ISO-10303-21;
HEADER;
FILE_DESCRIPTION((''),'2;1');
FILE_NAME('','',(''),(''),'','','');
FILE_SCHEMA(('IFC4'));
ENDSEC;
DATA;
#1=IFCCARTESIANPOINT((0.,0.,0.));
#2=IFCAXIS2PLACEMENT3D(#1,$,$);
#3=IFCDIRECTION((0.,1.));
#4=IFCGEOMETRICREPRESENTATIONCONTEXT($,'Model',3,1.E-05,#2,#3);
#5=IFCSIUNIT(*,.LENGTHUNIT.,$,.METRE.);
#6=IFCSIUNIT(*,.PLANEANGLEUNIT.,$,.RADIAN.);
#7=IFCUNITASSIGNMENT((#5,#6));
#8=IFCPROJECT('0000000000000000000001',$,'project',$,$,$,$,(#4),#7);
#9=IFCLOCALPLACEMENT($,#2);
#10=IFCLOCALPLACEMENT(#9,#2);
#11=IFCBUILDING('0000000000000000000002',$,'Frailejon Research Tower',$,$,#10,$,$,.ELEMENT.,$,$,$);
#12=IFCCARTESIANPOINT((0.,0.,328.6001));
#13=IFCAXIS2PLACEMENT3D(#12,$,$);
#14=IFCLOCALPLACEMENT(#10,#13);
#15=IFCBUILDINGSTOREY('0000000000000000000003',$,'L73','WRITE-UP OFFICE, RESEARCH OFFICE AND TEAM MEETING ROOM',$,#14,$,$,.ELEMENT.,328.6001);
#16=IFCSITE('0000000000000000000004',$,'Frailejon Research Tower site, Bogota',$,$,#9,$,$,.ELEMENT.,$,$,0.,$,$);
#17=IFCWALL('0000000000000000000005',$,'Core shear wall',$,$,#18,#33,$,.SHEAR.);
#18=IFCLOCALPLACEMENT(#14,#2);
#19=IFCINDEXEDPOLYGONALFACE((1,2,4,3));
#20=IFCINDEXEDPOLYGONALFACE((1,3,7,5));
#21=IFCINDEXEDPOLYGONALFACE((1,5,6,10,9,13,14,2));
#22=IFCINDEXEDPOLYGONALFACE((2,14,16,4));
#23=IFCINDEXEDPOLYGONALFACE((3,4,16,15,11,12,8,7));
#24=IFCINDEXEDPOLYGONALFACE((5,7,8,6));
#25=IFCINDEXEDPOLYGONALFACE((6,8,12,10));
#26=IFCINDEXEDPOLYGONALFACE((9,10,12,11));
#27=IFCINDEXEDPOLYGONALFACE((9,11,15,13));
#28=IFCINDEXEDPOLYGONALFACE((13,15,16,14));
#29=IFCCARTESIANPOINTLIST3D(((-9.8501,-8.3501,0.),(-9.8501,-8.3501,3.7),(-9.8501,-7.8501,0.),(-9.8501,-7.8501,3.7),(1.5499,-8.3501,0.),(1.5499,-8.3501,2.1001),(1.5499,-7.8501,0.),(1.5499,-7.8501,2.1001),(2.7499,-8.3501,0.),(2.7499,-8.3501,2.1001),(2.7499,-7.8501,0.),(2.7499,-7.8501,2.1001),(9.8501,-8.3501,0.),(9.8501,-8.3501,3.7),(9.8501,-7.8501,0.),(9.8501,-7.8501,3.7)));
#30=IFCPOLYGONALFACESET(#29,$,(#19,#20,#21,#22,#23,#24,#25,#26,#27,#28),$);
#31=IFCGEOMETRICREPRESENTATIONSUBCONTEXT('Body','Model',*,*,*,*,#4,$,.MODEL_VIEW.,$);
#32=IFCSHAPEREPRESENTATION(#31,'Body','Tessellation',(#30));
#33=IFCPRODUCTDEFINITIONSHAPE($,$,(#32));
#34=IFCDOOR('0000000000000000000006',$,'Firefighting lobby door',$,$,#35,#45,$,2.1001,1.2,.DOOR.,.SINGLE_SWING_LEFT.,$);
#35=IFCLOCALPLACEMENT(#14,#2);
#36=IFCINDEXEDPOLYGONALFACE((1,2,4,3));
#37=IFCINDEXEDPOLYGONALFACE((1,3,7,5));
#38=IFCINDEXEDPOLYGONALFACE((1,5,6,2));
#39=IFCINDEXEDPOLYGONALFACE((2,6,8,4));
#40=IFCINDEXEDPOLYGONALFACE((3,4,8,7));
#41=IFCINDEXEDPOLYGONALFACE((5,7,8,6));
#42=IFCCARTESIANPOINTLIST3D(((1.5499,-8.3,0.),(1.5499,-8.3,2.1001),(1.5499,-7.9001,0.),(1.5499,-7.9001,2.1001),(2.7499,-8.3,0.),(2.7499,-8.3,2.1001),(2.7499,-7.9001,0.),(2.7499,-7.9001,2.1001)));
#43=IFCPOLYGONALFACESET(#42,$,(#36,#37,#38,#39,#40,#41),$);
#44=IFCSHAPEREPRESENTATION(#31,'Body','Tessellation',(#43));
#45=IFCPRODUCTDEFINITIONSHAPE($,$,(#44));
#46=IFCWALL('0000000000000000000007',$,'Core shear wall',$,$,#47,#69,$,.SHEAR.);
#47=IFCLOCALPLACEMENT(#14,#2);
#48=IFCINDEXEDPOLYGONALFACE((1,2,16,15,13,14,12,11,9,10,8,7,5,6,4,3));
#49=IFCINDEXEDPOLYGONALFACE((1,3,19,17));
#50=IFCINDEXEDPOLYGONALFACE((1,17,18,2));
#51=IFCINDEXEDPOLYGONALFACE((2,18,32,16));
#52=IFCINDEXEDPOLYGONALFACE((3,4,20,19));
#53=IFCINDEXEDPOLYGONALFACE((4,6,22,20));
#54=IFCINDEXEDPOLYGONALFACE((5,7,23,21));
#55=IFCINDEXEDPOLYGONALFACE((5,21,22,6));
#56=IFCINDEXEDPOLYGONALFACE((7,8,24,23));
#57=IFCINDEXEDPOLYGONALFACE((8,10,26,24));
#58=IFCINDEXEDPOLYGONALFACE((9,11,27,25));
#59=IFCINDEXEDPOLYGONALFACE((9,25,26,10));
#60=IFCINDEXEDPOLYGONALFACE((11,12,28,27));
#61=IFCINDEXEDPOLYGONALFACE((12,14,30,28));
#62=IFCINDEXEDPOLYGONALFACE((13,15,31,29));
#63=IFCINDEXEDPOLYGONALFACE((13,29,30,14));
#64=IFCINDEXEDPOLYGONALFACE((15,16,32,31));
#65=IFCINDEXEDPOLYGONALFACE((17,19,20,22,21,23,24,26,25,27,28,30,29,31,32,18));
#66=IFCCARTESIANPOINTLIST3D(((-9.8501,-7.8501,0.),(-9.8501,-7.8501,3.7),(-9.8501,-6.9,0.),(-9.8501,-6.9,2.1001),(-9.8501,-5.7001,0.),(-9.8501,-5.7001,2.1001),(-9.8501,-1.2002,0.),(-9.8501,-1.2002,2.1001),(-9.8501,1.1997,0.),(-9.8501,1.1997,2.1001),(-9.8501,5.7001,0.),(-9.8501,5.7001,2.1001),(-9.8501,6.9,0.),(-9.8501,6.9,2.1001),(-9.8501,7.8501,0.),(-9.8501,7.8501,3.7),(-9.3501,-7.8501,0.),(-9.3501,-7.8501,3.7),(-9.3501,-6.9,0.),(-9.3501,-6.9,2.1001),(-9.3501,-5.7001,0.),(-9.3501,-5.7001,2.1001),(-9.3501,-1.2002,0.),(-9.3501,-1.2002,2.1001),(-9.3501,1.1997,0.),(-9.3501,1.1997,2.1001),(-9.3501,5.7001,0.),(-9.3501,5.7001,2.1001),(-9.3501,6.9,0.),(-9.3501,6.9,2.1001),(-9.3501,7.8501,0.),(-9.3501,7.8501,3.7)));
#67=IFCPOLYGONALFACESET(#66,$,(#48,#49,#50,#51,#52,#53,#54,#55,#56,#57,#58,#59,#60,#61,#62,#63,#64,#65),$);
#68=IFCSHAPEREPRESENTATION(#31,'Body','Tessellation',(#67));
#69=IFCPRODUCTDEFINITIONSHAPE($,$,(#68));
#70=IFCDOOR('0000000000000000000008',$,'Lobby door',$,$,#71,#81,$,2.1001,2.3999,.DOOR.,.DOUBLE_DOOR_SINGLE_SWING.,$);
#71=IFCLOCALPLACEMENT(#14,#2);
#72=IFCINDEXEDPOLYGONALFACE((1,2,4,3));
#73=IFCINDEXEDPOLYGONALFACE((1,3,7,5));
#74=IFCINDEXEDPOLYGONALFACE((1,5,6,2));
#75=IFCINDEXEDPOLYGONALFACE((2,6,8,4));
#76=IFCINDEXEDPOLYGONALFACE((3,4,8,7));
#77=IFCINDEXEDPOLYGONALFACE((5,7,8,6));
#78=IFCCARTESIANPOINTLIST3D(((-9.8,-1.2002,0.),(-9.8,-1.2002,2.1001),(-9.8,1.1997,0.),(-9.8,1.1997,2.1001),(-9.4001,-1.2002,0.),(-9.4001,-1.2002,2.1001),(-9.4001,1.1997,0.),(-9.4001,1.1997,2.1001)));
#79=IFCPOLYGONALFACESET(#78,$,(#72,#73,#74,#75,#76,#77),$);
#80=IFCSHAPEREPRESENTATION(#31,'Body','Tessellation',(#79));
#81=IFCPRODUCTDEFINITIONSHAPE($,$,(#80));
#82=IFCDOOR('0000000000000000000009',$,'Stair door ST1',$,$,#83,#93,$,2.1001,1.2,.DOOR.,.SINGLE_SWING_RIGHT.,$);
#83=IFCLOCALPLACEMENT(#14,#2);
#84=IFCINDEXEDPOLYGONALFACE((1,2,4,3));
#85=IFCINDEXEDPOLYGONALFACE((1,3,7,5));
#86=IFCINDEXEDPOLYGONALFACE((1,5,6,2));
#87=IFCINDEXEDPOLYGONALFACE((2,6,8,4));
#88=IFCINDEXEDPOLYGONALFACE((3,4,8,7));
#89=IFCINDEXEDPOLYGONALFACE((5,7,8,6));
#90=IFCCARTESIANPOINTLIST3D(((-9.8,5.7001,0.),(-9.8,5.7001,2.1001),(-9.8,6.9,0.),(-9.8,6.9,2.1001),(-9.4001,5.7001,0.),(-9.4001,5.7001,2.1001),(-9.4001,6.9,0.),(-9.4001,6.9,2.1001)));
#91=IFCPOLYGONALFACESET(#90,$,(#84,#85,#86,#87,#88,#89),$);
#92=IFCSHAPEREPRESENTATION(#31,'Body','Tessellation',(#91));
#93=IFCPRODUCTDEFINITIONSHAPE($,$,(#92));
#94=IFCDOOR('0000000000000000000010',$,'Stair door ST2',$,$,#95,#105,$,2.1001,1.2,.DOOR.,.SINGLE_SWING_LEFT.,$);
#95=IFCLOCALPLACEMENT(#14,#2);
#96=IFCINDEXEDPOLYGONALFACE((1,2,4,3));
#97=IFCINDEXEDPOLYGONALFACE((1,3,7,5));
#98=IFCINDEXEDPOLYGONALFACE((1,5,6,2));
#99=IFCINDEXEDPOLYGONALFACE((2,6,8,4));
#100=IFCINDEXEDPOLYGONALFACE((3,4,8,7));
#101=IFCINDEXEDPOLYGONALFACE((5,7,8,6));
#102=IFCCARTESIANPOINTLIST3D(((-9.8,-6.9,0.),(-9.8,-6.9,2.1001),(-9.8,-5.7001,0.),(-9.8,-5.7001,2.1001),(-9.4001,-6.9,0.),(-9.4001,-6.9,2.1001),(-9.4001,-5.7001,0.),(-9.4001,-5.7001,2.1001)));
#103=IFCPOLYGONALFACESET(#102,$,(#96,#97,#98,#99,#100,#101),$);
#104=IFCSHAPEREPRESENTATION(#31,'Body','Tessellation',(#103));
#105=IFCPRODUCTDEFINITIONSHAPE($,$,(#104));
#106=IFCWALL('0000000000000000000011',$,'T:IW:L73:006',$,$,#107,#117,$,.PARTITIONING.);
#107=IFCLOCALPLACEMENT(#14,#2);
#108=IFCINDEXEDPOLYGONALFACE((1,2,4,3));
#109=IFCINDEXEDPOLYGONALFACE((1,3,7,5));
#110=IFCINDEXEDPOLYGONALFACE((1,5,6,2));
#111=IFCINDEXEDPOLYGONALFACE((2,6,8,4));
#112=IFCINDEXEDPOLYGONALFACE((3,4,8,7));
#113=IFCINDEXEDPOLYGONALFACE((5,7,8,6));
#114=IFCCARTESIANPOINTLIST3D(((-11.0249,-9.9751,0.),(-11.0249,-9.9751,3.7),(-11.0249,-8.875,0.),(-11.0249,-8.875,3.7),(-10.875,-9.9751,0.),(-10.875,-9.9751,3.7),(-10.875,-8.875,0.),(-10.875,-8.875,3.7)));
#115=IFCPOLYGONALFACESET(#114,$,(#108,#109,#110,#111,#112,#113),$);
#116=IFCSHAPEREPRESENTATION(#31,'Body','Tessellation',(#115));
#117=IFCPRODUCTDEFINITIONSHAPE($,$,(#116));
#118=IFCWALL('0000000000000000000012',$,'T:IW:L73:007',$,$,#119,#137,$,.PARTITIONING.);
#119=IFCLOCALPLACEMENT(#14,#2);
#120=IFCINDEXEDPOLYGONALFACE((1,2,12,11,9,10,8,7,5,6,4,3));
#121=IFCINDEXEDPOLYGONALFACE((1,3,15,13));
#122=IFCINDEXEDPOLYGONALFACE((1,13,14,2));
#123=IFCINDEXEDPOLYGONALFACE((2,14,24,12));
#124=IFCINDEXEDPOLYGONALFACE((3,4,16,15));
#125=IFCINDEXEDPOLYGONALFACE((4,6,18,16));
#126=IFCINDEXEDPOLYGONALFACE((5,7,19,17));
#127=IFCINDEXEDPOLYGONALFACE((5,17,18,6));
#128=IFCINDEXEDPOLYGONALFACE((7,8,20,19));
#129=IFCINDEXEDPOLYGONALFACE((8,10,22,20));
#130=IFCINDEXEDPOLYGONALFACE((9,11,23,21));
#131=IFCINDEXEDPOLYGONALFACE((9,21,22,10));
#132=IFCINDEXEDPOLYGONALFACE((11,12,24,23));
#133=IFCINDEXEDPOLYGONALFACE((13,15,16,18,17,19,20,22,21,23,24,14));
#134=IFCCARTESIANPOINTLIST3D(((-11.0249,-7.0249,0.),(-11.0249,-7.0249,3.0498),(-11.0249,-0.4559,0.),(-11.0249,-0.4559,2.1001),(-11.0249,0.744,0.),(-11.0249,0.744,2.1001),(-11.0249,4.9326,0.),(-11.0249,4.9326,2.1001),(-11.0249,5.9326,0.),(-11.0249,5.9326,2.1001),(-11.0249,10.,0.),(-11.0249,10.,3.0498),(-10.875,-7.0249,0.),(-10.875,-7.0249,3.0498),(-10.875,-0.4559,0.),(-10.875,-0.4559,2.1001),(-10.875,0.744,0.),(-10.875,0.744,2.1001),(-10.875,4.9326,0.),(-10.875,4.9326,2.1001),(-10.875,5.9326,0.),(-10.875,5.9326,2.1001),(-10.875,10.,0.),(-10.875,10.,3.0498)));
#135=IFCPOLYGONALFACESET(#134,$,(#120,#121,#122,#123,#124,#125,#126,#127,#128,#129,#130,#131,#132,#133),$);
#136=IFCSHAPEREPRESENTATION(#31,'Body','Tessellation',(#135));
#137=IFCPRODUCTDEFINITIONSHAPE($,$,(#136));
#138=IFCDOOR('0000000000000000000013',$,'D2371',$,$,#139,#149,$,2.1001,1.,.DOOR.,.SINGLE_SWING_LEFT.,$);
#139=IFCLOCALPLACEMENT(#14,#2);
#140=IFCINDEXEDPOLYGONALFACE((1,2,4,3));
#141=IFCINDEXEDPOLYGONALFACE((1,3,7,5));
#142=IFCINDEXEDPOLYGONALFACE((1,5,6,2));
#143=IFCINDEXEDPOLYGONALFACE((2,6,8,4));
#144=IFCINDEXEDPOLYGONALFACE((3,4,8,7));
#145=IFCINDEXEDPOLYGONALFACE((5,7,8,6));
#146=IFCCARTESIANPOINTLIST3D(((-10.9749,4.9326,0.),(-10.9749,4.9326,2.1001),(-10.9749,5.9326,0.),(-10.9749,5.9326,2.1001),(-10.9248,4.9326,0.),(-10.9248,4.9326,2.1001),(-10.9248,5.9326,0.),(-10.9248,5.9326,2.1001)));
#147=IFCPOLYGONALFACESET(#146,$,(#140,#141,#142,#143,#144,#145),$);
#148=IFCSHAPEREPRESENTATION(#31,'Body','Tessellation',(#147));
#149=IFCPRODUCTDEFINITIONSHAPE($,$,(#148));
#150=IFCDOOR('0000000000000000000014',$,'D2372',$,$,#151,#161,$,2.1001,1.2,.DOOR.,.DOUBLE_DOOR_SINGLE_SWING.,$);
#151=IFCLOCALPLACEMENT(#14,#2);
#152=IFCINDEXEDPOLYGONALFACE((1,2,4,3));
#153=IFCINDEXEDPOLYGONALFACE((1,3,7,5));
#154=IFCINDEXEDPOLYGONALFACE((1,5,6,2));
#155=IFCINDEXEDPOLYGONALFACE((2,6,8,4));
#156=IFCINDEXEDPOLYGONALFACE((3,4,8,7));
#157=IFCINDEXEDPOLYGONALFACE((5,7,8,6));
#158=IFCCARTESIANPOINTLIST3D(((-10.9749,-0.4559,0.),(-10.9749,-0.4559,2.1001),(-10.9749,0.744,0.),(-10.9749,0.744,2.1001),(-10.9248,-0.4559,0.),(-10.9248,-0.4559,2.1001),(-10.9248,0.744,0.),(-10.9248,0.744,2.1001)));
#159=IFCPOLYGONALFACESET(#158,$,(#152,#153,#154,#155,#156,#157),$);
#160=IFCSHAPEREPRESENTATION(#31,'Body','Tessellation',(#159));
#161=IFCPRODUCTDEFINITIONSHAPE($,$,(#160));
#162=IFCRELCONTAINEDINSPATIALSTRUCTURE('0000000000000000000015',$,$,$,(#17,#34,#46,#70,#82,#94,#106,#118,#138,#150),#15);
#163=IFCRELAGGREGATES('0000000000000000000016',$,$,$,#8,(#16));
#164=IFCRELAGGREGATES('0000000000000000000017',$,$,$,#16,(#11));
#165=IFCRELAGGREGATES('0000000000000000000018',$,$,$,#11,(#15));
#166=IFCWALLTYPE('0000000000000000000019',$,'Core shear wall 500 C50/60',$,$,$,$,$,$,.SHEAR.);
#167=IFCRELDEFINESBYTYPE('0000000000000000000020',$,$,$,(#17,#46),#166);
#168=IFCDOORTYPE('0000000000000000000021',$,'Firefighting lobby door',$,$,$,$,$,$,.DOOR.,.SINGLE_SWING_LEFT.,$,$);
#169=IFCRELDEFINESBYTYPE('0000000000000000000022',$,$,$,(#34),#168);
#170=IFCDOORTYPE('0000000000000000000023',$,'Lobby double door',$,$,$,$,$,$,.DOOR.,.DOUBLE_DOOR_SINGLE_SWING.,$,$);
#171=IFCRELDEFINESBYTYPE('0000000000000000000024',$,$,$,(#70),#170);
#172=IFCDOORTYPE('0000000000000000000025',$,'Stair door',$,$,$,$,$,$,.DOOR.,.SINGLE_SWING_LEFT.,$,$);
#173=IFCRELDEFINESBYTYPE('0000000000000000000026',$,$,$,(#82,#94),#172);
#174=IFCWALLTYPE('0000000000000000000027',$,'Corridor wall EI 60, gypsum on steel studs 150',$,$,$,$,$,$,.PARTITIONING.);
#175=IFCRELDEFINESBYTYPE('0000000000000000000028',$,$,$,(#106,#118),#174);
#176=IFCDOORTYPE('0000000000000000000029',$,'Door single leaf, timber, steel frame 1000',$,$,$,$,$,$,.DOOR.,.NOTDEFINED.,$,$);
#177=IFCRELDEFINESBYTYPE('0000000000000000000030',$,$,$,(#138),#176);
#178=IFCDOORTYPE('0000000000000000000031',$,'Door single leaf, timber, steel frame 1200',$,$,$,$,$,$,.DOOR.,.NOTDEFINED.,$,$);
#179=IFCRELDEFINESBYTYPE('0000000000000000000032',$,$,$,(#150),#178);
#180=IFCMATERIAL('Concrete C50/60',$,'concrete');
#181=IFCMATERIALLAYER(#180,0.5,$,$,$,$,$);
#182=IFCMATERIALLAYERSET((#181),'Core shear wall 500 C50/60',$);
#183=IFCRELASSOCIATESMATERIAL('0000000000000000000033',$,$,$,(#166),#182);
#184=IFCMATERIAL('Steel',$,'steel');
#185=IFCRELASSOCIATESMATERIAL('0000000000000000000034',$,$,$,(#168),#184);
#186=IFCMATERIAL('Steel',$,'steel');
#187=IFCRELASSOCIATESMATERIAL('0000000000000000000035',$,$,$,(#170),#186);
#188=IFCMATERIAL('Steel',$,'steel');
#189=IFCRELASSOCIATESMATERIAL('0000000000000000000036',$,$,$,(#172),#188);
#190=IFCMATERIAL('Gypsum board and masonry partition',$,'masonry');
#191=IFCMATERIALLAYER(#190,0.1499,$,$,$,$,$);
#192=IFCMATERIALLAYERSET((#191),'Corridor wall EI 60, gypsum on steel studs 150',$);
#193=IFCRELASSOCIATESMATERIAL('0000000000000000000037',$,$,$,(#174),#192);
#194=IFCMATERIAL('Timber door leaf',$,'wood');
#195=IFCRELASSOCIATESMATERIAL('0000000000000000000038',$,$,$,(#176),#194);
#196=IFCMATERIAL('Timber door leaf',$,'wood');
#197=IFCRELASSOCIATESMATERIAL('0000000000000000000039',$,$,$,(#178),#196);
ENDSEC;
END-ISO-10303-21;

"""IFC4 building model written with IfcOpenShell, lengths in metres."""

from ifc_helpers import new_model, si_unit, direction, frame, frame_2d, origin, place, context, subcontext, project, spatial, rectangle, extrude, material, layer, layer_set, type_object, element, fill, save


model = new_model("IFC4")

# Units and contexts
model_context = context("Model", 3, precision=1e-05, world=origin(), true_north=direction((0.0, 1.0)))
body_context = subcontext(model_context, "Body", "Model", "MODEL_VIEW")
ifc_project = project(units=[si_unit("LENGTHUNIT", "METRE"), si_unit("PLANEANGLEUNIT", "RADIAN")], contexts=[model_context])

# Site, building, storey
site_placement = place(None, origin())
site = spatial("IfcSite", under=ifc_project, at=site_placement, Name="Frailejon Research Tower site, Bogota", CompositionType="ELEMENT", RefElevation=0.0)
building_placement = place(site_placement, origin())
building = spatial("IfcBuilding", under=site, at=building_placement, Name="Frailejon Research Tower", CompositionType="ELEMENT")
storey_placement = place(building_placement, frame((0.0, 0.0, 328.6001)))
storey = spatial("IfcBuildingStorey", under=building, at=storey_placement, Name="L73", Description="WRITE-UP OFFICE, RESEARCH OFFICE AND TEAM MEETING ROOM", CompositionType="ELEMENT", Elevation=328.6001)

# Wall, opening, door
ifc_material_1 = material(Name="Concrete C50/60", Category="concrete")
ifc_layer_1 = layer(ifc_material_1, 0.5)
ifc_layer_set_1 = layer_set([ifc_layer_1], Name="Core shear wall 500 C50/60")
wall_type_1 = type_object("IfcWallType", Name="Core shear wall 500 C50/60", PredefinedType="SHEAR", material=ifc_layer_set_1)
wall_1_placement = place(storey_placement, frame((-9.8501, -8.1001, 0.0), z_axis=(0.0, 0.0, 1.0), x_axis=(1.0, 0.0, 0.0)))
wall_1 = element("IfcWall", 1, at=wall_1_placement, inside=storey, type_object=wall_type_1, Name="Core shear wall", PredefinedType="SHEAR", context=body_context, shape_type="SweptSolid", body=[
    extrude(rectangle(XDim=19.7002, YDim=0.5, at=frame_2d((9.8501, 0.0))), origin(), (0.0, 0.0, 1.0), 3.7),
])
opening_1_placement = place(wall_1_placement, frame((11.3999, 0.0, 0.0)))
opening_1 = element("IfcOpeningElement", 2, at=opening_1_placement, cuts=wall_1, PredefinedType="OPENING", context=body_context, shape_type="SweptSolid", body=[
    extrude(rectangle(XDim=1.2, YDim=2.1001, at=frame_2d((0.6001, 1.05))), frame((0.0, 0.26, 0.0), z_axis=(0.0, -1.0, 0.0), x_axis=(1.0, 0.0, 0.0)), (0.0, 0.0, 1.0), 0.52),
])
ifc_material_2 = material(Name="Steel", Category="steel")
door_type_1 = type_object("IfcDoorType", Name="Firefighting lobby door", OperationType="SINGLE_SWING_LEFT", PredefinedType="DOOR", material=ifc_material_2)
door_1_placement = place(opening_1_placement, origin())
door_1 = element("IfcDoor", 3, at=door_1_placement, inside=storey, type_object=door_type_1, Name="Firefighting lobby door", OperationType="SINGLE_SWING_LEFT", OverallHeight=2.1001, OverallWidth=1.2, PredefinedType="DOOR", context=body_context, shape_type="SweptSolid", body=[
    extrude(rectangle(XDim=1.2, YDim=2.1001, at=frame_2d((0.6001, 1.05))), frame((0.0, 0.2, 0.0), z_axis=(0.0, -1.0, 0.0), x_axis=(1.0, 0.0, 0.0)), (0.0, 0.0, 1.0), 0.3999),
])
fill(opening_1, door_1)

# Wall, openings, doors
wall_2_placement = place(storey_placement, frame((-9.6001, -7.8501, 0.0), z_axis=(0.0, 0.0, 1.0), x_axis=(0.0, 1.0, 0.0)))
wall_2 = element("IfcWall", 4, at=wall_2_placement, inside=storey, type_object=wall_type_1, Name="Core shear wall", PredefinedType="SHEAR", context=body_context, shape_type="SweptSolid", body=[
    extrude(rectangle(XDim=15.7002, YDim=0.5, at=frame_2d((7.8501, 0.0))), origin(), (0.0, 0.0, 1.0), 3.7),
])
opening_2_placement = place(wall_2_placement, frame((6.6499, 0.0, 0.0)))
opening_2 = element("IfcOpeningElement", 5, at=opening_2_placement, cuts=wall_2, PredefinedType="OPENING", context=body_context, shape_type="SweptSolid", body=[
    extrude(rectangle(XDim=2.3999, YDim=2.1001, at=frame_2d((1.2, 1.05))), frame((0.0, 0.26, 0.0), z_axis=(0.0, -1.0, 0.0), x_axis=(1.0, 0.0, 0.0)), (0.0, 0.0, 1.0), 0.52),
])
opening_3_placement = place(wall_2_placement, frame((13.55, 0.0, 0.0)))
opening_3 = element("IfcOpeningElement", 6, at=opening_3_placement, cuts=wall_2, PredefinedType="OPENING", context=body_context, shape_type="SweptSolid", body=[
    extrude(rectangle(XDim=1.2, YDim=2.1001, at=frame_2d((0.6001, 1.05))), frame((0.0, 0.26, 0.0), z_axis=(0.0, -1.0, 0.0), x_axis=(1.0, 0.0, 0.0)), (0.0, 0.0, 1.0), 0.52),
])
opening_4_placement = place(wall_2_placement, frame((0.95, 0.0, 0.0)))
opening_4 = element("IfcOpeningElement", 7, at=opening_4_placement, cuts=wall_2, PredefinedType="OPENING", context=body_context, shape_type="SweptSolid", body=[
    extrude(rectangle(XDim=1.2, YDim=2.1001, at=frame_2d((0.6001, 1.05))), frame((0.0, 0.26, 0.0), z_axis=(0.0, -1.0, 0.0), x_axis=(1.0, 0.0, 0.0)), (0.0, 0.0, 1.0), 0.52),
])
ifc_material_3 = material(Name="Steel", Category="steel")
door_type_2 = type_object("IfcDoorType", Name="Lobby double door", OperationType="DOUBLE_DOOR_SINGLE_SWING", PredefinedType="DOOR", material=ifc_material_3)
door_2_placement = place(opening_2_placement, origin())
door_2 = element("IfcDoor", 8, at=door_2_placement, inside=storey, type_object=door_type_2, Name="Lobby door", OperationType="DOUBLE_DOOR_SINGLE_SWING", OverallHeight=2.1001, OverallWidth=2.3999, PredefinedType="DOOR", context=body_context, shape_type="SweptSolid", body=[
    extrude(rectangle(XDim=2.3999, YDim=2.1001, at=frame_2d((1.2, 1.05))), frame((0.0, 0.2, 0.0), z_axis=(0.0, -1.0, 0.0), x_axis=(1.0, 0.0, 0.0)), (0.0, 0.0, 1.0), 0.3999),
])
fill(opening_2, door_2)
ifc_material_4 = material(Name="Steel", Category="steel")
door_type_3 = type_object("IfcDoorType", Name="Stair door", OperationType="SINGLE_SWING_LEFT", PredefinedType="DOOR", material=ifc_material_4)
door_3_placement = place(opening_3_placement, origin())
door_3 = element("IfcDoor", 9, at=door_3_placement, inside=storey, type_object=door_type_3, Name="Stair door ST1", OperationType="SINGLE_SWING_RIGHT", OverallHeight=2.1001, OverallWidth=1.2, PredefinedType="DOOR", context=body_context, shape_type="SweptSolid", body=[
    extrude(rectangle(XDim=1.2, YDim=2.1001, at=frame_2d((0.6001, 1.05))), frame((0.0, 0.2, 0.0), z_axis=(0.0, -1.0, 0.0), x_axis=(1.0, 0.0, 0.0)), (0.0, 0.0, 1.0), 0.3999),
])
fill(opening_3, door_3)
door_4_placement = place(opening_4_placement, origin())
door_4 = element("IfcDoor", 10, at=door_4_placement, inside=storey, type_object=door_type_3, Name="Stair door ST2", OperationType="SINGLE_SWING_LEFT", OverallHeight=2.1001, OverallWidth=1.2, PredefinedType="DOOR", context=body_context, shape_type="SweptSolid", body=[
    extrude(rectangle(XDim=1.2, YDim=2.1001, at=frame_2d((0.6001, 1.05))), frame((0.0, 0.2, 0.0), z_axis=(0.0, -1.0, 0.0), x_axis=(1.0, 0.0, 0.0)), (0.0, 0.0, 1.0), 0.3999),
])
fill(opening_4, door_4)

# Wall
ifc_material_5 = material(Name="Gypsum board and masonry partition", Category="masonry")
ifc_layer_2 = layer(ifc_material_5, 0.1499)
ifc_layer_set_2 = layer_set([ifc_layer_2], Name="Corridor wall EI 60, gypsum on steel studs 150")
wall_type_2 = type_object("IfcWallType", Name="Corridor wall EI 60, gypsum on steel studs 150", PredefinedType="PARTITIONING", material=ifc_layer_set_2)
wall_3_placement = place(storey_placement, frame((-10.95, -9.9751, 0.0), z_axis=(0.0, 0.0, 1.0), x_axis=(0.0, 1.0, 0.0)))
element("IfcWall", 11, at=wall_3_placement, inside=storey, type_object=wall_type_2, Name="T:IW:L73:006", PredefinedType="PARTITIONING", context=body_context, shape_type="SweptSolid", body=[
    extrude(rectangle(XDim=1.1001, YDim=0.1499, at=frame_2d((0.55, 0.0))), origin(), (0.0, 0.0, 1.0), 3.7),
])

# Wall, openings, doors
wall_4_placement = place(storey_placement, frame((-10.95, -7.0249, 0.0), z_axis=(0.0, 0.0, 1.0), x_axis=(0.0, 1.0, 0.0)))
wall_4 = element("IfcWall", 12, at=wall_4_placement, inside=storey, type_object=wall_type_2, Name="T:IW:L73:007", PredefinedType="PARTITIONING", context=body_context, shape_type="SweptSolid", body=[
    extrude(rectangle(XDim=17.0249, YDim=0.1499, at=frame_2d((8.5125, 0.0))), origin(), (0.0, 0.0, 1.0), 3.0498),
])
opening_5_placement = place(wall_4_placement, frame((11.9575, 0.0, 0.0)))
opening_5 = element("IfcOpeningElement", 13, at=opening_5_placement, cuts=wall_4, PredefinedType="OPENING", context=body_context, shape_type="SweptSolid", body=[
    extrude(rectangle(XDim=1.0, YDim=2.1001, at=frame_2d((0.5, 1.05))), frame((0.0, 0.085, 0.0), z_axis=(0.0, -1.0, 0.0), x_axis=(1.0, 0.0, 0.0)), (0.0, 0.0, 1.0), 0.1699),
])
opening_6_placement = place(wall_4_placement, frame((6.5688, 0.0, 0.0)))
opening_6 = element("IfcOpeningElement", 14, at=opening_6_placement, cuts=wall_4, PredefinedType="OPENING", context=body_context, shape_type="SweptSolid", body=[
    extrude(rectangle(XDim=1.2, YDim=2.1001, at=frame_2d((0.6001, 1.05))), frame((0.0, 0.085, 0.0), z_axis=(0.0, -1.0, 0.0), x_axis=(1.0, 0.0, 0.0)), (0.0, 0.0, 1.0), 0.1699),
])
ifc_material_6 = material(Name="Timber door leaf", Category="wood")
door_type_4 = type_object("IfcDoorType", Name="Door single leaf, timber, steel frame 1000", OperationType="NOTDEFINED", PredefinedType="DOOR", material=ifc_material_6)
door_5_placement = place(opening_5_placement, origin())
door_5 = element("IfcDoor", 15, at=door_5_placement, inside=storey, type_object=door_type_4, Name="D2371", OperationType="SINGLE_SWING_LEFT", OverallHeight=2.1001, OverallWidth=1.0, PredefinedType="DOOR", context=body_context, shape_type="SweptSolid", body=[
    extrude(rectangle(XDim=1.0, YDim=2.1001, at=frame_2d((0.5, 1.05))), frame((0.0, 0.0249, 0.0), z_axis=(0.0, -1.0, 0.0), x_axis=(1.0, 0.0, 0.0)), (0.0, 0.0, 1.0), 0.05),
])
fill(opening_5, door_5)
ifc_material_7 = material(Name="Timber door leaf", Category="wood")
door_type_5 = type_object("IfcDoorType", Name="Door single leaf, timber, steel frame 1200", OperationType="NOTDEFINED", PredefinedType="DOOR", material=ifc_material_7)
door_6_placement = place(opening_6_placement, origin())
door_6 = element("IfcDoor", 16, at=door_6_placement, inside=storey, type_object=door_type_5, Name="D2372", OperationType="DOUBLE_DOOR_SINGLE_SWING", OverallHeight=2.1001, OverallWidth=1.2, PredefinedType="DOOR", context=body_context, shape_type="SweptSolid", body=[
    extrude(rectangle(XDim=1.2, YDim=2.1001, at=frame_2d((0.6001, 1.05))), frame((0.0, 0.0249, 0.0), z_axis=(0.0, -1.0, 0.0), x_axis=(1.0, 0.0, 0.0)), (0.0, 0.0, 1.0), 0.05),
])
fill(opening_6, door_6)

save(model, "model.ifc")
